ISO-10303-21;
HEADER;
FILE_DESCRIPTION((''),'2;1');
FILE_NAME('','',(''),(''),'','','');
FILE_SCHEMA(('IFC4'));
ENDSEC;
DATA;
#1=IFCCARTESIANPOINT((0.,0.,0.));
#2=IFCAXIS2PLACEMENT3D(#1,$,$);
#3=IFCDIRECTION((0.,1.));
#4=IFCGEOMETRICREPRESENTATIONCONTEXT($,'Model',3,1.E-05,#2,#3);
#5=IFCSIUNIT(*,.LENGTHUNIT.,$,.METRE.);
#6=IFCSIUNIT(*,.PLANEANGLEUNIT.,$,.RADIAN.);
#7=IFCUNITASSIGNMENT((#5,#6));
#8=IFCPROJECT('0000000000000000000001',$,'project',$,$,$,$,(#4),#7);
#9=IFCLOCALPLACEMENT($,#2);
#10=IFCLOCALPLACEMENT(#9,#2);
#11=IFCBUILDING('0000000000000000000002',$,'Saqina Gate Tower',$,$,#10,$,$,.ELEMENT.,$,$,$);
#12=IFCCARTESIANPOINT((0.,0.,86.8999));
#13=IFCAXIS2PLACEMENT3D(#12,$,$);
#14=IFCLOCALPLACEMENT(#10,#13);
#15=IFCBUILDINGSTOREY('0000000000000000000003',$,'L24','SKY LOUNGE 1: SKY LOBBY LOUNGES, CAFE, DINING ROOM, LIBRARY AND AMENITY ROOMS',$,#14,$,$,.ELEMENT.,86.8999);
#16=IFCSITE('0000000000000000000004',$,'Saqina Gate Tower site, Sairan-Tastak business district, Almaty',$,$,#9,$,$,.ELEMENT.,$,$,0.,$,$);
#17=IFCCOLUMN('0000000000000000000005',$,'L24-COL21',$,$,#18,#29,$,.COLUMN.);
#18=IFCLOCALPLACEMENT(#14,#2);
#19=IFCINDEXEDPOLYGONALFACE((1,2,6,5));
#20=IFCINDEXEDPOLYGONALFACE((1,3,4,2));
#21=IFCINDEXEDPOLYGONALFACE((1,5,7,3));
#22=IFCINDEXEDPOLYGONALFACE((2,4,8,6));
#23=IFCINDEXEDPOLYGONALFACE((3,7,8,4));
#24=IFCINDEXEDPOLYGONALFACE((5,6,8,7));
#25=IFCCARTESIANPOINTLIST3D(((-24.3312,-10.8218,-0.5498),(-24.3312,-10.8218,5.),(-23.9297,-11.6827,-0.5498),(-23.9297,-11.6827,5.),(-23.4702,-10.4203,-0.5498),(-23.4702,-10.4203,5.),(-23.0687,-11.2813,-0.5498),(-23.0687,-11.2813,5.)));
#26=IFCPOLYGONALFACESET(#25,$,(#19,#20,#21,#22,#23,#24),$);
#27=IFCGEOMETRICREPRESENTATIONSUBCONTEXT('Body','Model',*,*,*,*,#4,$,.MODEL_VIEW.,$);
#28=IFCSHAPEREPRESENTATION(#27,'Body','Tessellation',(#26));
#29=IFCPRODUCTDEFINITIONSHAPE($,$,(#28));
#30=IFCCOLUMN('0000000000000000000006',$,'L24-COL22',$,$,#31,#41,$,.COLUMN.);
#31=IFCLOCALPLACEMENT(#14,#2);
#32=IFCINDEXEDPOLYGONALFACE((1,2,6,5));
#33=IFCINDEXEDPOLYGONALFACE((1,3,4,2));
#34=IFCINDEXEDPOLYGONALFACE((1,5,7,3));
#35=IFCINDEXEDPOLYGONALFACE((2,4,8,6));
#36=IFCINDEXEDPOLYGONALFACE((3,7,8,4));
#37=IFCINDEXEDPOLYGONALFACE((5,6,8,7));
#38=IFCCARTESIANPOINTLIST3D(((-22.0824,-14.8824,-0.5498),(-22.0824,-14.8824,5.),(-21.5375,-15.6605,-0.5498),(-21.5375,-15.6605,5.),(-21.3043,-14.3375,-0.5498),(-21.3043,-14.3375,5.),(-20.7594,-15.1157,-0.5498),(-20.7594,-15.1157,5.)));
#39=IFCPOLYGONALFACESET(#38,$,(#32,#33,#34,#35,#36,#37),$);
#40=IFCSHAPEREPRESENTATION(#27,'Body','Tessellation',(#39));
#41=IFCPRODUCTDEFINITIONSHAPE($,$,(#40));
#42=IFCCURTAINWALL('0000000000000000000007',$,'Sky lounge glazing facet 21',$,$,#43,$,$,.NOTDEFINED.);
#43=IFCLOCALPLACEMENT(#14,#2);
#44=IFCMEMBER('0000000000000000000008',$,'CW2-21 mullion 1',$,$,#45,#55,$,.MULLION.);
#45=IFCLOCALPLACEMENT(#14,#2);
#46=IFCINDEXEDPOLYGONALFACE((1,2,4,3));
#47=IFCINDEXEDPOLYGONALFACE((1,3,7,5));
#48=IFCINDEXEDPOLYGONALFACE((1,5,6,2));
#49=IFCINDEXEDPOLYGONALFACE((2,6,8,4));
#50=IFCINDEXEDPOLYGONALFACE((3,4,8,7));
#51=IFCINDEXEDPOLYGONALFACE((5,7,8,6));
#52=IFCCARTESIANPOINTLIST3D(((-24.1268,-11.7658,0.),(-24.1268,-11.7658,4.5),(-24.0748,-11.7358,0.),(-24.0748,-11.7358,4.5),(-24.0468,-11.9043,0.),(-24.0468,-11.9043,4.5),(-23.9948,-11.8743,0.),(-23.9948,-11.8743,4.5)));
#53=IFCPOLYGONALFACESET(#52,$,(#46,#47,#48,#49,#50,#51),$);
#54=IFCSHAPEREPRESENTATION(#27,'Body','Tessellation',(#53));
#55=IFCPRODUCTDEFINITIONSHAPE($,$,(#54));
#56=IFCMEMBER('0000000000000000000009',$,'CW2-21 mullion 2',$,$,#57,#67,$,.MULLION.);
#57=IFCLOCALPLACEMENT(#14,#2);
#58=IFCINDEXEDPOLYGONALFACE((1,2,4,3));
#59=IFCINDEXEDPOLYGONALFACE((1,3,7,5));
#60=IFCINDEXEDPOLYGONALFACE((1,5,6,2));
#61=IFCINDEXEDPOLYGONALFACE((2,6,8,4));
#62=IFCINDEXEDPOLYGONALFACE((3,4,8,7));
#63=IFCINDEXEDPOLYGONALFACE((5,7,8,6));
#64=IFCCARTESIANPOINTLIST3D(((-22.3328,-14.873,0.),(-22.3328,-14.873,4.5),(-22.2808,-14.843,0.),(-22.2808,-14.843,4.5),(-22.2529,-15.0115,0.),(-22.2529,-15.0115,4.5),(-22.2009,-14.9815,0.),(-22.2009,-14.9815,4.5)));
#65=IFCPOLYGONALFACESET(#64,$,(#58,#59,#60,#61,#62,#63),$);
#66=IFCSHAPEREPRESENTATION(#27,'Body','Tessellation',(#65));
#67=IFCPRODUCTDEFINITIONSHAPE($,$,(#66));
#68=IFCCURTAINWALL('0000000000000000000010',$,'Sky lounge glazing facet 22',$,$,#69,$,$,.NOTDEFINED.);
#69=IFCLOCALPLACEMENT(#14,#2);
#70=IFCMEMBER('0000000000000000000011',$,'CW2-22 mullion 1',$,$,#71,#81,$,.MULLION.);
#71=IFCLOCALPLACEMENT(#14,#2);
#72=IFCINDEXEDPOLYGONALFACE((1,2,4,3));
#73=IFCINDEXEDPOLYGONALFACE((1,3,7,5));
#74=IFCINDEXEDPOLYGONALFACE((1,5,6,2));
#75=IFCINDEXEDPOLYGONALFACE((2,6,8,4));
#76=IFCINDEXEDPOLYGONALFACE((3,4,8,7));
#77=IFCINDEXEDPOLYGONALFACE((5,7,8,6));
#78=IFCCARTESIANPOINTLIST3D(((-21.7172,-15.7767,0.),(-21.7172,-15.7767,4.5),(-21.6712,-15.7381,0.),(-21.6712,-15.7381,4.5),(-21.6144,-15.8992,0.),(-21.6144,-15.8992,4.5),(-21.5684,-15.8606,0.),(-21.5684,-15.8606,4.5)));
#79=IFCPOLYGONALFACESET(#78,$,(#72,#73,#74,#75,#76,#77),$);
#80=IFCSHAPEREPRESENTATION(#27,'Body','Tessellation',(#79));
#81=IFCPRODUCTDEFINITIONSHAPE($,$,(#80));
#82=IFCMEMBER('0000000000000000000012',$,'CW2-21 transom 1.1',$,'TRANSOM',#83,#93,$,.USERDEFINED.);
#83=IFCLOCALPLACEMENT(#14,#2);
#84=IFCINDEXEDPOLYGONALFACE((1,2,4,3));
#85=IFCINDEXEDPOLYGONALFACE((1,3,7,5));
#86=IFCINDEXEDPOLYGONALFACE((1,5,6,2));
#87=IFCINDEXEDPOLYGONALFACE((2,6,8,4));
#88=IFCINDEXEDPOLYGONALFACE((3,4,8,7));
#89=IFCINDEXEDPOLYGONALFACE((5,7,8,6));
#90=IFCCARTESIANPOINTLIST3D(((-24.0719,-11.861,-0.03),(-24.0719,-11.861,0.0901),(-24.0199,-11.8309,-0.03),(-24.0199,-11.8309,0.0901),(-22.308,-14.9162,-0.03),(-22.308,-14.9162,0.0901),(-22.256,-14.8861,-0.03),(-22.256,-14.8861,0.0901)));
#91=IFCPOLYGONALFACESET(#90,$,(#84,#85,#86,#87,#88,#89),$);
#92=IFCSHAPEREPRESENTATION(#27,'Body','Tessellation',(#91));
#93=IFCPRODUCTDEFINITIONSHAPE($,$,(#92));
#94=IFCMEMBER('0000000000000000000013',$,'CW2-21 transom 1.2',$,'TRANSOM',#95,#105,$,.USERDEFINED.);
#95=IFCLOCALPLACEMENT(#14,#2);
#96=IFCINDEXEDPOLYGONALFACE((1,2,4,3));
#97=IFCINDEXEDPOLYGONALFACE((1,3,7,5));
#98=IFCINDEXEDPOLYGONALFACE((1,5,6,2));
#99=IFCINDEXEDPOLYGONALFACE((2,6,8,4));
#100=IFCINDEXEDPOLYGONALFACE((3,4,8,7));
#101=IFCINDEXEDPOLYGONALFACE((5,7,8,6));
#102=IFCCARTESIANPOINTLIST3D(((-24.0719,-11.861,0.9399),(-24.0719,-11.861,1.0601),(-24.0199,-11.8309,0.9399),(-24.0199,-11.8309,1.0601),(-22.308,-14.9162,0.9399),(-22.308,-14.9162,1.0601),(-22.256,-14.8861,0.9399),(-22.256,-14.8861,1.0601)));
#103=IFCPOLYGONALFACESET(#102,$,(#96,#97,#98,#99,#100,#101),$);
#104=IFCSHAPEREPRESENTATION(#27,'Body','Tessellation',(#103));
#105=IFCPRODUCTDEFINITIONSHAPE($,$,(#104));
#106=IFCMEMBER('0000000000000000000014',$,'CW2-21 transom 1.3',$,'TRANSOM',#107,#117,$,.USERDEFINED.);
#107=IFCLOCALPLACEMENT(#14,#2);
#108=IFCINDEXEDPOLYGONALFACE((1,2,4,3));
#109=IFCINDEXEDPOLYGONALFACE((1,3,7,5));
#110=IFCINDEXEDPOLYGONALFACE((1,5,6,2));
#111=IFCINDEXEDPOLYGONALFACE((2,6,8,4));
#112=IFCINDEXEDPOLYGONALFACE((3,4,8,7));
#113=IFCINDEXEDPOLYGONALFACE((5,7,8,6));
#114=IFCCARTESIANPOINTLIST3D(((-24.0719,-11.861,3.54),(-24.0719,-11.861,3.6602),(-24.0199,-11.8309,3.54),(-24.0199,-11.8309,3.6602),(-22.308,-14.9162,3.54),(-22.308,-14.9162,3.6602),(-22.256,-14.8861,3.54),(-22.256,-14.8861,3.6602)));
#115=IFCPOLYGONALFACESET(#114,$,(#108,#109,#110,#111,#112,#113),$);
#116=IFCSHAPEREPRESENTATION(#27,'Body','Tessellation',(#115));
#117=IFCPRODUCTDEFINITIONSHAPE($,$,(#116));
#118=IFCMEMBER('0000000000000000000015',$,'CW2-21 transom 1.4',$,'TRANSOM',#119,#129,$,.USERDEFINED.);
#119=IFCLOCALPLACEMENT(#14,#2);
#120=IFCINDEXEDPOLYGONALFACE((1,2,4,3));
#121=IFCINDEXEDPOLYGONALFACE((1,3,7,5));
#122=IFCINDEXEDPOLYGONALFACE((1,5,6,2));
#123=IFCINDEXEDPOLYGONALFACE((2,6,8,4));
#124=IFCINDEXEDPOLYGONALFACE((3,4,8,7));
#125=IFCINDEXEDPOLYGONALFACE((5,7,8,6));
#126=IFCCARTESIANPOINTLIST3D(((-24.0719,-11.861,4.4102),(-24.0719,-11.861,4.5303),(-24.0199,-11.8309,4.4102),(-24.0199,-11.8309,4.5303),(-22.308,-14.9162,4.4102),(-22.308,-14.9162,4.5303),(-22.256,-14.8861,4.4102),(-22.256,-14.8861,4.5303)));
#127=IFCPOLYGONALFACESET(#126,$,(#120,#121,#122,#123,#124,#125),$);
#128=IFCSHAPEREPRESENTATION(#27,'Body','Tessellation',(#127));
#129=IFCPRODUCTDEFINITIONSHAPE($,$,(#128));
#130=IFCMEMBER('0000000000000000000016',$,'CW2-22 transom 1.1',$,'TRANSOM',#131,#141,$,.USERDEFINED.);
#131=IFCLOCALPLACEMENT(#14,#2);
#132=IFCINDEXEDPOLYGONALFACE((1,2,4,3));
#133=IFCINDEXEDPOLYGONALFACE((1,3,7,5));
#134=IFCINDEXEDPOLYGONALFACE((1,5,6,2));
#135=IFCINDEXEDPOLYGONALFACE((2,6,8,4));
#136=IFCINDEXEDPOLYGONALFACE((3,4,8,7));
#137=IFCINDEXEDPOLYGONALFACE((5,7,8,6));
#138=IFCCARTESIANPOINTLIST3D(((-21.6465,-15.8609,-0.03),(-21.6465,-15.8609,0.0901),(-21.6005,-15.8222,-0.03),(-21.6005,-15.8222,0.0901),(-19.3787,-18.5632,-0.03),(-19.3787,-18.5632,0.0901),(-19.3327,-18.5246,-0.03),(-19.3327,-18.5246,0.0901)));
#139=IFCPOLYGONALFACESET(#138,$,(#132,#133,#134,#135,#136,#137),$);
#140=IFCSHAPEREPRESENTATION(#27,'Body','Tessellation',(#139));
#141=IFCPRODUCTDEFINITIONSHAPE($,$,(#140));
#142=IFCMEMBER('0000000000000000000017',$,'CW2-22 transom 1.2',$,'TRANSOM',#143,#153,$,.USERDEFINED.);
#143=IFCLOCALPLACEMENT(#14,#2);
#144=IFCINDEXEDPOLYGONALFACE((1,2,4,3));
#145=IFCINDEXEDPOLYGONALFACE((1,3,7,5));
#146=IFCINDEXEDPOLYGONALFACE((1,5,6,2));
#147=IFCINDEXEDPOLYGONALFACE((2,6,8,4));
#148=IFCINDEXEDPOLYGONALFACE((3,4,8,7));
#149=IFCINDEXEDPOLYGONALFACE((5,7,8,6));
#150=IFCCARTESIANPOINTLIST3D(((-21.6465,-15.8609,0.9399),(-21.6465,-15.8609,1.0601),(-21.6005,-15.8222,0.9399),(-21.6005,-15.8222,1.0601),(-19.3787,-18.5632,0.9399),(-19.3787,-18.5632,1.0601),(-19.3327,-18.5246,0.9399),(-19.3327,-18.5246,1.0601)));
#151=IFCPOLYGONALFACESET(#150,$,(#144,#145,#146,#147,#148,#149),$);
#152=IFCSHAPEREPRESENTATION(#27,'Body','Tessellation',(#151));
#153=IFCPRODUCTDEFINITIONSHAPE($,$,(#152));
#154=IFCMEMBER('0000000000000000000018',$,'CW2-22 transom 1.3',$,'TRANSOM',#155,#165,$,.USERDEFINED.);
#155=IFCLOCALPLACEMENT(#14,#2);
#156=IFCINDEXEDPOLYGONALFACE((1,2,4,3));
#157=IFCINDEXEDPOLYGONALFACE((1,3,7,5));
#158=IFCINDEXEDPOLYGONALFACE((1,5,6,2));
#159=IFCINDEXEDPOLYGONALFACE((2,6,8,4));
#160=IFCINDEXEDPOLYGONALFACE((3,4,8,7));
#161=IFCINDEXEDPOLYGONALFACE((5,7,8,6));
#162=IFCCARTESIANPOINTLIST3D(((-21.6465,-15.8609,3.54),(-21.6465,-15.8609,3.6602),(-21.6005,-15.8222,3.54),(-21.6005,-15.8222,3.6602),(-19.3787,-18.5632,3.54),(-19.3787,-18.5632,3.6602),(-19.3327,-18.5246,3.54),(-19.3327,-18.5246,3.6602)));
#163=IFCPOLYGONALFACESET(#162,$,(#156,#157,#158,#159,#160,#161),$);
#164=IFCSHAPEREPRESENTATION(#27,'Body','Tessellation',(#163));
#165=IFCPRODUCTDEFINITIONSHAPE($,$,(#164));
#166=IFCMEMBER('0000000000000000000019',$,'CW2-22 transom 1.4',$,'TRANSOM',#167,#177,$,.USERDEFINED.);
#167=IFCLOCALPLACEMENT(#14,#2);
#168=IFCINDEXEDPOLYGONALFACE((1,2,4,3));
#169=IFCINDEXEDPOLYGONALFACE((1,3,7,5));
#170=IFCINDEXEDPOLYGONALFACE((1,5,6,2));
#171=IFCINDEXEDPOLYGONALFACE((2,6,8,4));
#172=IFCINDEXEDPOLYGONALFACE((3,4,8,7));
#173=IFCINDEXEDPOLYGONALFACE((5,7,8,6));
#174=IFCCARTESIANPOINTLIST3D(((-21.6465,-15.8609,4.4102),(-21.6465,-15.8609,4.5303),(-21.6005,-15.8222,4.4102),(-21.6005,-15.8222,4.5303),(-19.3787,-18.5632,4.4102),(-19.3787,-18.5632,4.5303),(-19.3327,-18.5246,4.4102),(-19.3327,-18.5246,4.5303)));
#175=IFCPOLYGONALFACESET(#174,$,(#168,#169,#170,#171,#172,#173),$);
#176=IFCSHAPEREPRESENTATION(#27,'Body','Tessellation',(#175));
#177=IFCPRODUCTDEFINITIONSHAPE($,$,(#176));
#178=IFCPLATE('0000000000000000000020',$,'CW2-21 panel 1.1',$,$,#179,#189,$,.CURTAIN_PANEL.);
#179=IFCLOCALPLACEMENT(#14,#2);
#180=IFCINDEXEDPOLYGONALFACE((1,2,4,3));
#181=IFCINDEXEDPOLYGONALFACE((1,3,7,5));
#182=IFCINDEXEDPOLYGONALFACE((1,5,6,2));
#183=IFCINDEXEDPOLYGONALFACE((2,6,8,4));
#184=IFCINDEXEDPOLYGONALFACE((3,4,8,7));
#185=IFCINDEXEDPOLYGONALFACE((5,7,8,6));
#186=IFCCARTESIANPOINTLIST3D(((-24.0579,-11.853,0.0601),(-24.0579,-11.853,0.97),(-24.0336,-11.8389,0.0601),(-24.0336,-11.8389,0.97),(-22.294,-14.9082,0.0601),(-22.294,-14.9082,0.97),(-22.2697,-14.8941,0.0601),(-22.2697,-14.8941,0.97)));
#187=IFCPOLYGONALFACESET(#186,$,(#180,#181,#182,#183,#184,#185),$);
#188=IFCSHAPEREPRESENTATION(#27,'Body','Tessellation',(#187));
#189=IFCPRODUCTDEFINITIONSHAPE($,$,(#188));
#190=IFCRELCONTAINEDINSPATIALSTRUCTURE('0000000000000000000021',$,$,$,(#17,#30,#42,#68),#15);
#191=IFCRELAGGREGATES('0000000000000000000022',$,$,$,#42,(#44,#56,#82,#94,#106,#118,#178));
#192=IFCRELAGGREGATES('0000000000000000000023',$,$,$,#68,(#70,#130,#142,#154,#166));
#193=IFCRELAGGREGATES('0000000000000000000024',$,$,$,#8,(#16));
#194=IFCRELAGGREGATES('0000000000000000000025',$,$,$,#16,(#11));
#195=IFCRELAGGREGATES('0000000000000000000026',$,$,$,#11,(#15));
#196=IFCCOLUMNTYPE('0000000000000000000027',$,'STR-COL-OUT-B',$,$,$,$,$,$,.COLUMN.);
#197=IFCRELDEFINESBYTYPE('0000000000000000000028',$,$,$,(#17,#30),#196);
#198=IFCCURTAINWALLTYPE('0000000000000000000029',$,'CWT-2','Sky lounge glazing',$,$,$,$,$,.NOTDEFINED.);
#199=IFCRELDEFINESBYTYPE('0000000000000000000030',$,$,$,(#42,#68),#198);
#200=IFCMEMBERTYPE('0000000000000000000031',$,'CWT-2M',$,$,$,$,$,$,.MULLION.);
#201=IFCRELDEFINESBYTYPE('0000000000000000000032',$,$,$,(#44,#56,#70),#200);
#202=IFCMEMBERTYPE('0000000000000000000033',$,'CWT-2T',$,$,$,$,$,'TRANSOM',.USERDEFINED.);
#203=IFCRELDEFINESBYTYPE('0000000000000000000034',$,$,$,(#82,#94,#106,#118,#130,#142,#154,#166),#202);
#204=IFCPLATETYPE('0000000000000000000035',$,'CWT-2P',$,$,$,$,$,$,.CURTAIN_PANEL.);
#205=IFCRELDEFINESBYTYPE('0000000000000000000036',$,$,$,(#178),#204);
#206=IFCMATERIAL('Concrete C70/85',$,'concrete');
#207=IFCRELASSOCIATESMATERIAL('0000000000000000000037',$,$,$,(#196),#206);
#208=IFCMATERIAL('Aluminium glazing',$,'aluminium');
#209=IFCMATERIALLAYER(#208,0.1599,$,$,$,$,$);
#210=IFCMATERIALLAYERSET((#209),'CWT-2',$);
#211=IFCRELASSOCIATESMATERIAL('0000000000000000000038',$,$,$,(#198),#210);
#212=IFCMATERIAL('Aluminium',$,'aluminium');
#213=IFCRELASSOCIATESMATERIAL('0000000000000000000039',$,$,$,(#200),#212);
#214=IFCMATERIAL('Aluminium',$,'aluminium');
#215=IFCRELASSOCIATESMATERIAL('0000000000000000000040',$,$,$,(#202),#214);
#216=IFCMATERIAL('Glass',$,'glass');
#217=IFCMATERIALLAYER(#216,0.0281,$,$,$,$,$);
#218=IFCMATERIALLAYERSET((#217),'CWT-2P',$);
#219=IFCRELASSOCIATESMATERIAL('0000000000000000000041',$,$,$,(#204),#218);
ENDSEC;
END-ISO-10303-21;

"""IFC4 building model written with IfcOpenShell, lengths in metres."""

from ifc_helpers import new_model, si_unit, direction, frame, origin, origin_2d, place, context, subcontext, project, spatial, rectangle, extrude, material, layer, layer_set, material_profile, profile_set, type_object, element, aggregate, save


model = new_model("IFC4")

# Units and contexts
model_context = context("Model", 3, precision=1e-05, world=origin(), true_north=direction((0.0, 1.0)))
body_context = subcontext(model_context, "Body", "Model", "MODEL_VIEW")
ifc_project = project(units=[si_unit("LENGTHUNIT", "METRE"), si_unit("PLANEANGLEUNIT", "RADIAN")], contexts=[model_context])

# Site, building, storey
site_placement = place(None, origin())
site = spatial("IfcSite", under=ifc_project, at=site_placement, Name="Saqina Gate Tower site, Sairan-Tastak business district, Almaty", CompositionType="ELEMENT", RefElevation=0.0)
building_placement = place(site_placement, origin())
building = spatial("IfcBuilding", under=site, at=building_placement, Name="Saqina Gate Tower", CompositionType="ELEMENT")
storey_placement = place(building_placement, frame((0.0, 0.0, 86.8999)))
storey = spatial("IfcBuildingStorey", under=building, at=storey_placement, Name="L24", Description="SKY LOUNGE 1: SKY LOBBY LOUNGES, CAFE, DINING ROOM, LIBRARY AND AMENITY ROOMS", CompositionType="ELEMENT", Elevation=86.8999)

# Columns
ifc_material_1 = material(Name="Concrete C70/85", Category="concrete")
ifc_material_profile_1 = material_profile(ifc_material_1, rectangle(XDim=0.95, YDim=0.95, at=origin_2d()), Name="RC 950x950")
ifc_profile_set_1 = profile_set([ifc_material_profile_1], Name="Concrete C70/85")
column_type = type_object("IfcColumnType", Name="STR-COL-OUT-B", PredefinedType="COLUMN", material=ifc_profile_set_1)
for number, where, z_axis, x_axis, name in (
    (1, (-23.7, -11.0515, -0.5498), (0.0, 0.0, 1.0), (-0.906308, -0.422618, 0.0), "L24-COL21"),
    (2, (-21.4209, -14.999, -0.5498), (0.0, 0.0, 1.0), (-0.819152, -0.573576, 0.0), "L24-COL22"),
):
    element("IfcColumn", number, at=place(storey_placement, frame(where, z_axis=z_axis, x_axis=x_axis)), inside=storey, type_object=column_type, Name=name, PredefinedType="COLUMN", context=body_context, shape_type="SweptSolid", body=[
        extrude(rectangle(XDim=0.95, YDim=0.95, at=origin_2d()), origin(), (0.0, 0.0, 1.0), 5.5498),
    ])

# Curtain wall, members
ifc_material_2 = material(Name="Aluminium glazing", Category="aluminium")
ifc_layer_1 = layer(ifc_material_2, 0.1599)
ifc_layer_set_1 = layer_set([ifc_layer_1], Name="CWT-2")
curtain_wall_type = type_object("IfcCurtainWallType", Name="CWT-2", Description="Sky lounge glazing", PredefinedType="NOTDEFINED", material=ifc_layer_set_1)
curtain_wall_1_placement = place(storey_placement, origin())
curtain_wall_1 = element("IfcCurtainWall", 3, at=curtain_wall_1_placement, inside=storey, type_object=curtain_wall_type, Name="Sky lounge glazing facet 21", PredefinedType="NOTDEFINED")
ifc_material_3 = material(Name="Aluminium", Category="aluminium")
ifc_material_profile_2 = material_profile(ifc_material_3, rectangle(XDim=0.0601, YDim=0.1599, at=origin_2d()), Name="Aluminium 60x160")
ifc_profile_set_2 = profile_set([ifc_material_profile_2], Name="Aluminium")
member_type_1 = type_object("IfcMemberType", Name="CWT-2M", PredefinedType="MULLION", material=ifc_profile_set_2)
member_1_placement = place(storey_placement, frame((-24.0608, -11.8201, 0.0), z_axis=(0.0, 0.0, 1.0), x_axis=(0.866026, 0.499999, 0.0)))
member_1 = element("IfcMember", 4, at=member_1_placement, type_object=member_type_1, Name="CW2-21 mullion 1", PredefinedType="MULLION", context=body_context, shape_type="SweptSolid", body=[
    extrude(rectangle(XDim=0.0601, YDim=0.1599, at=origin_2d()), origin(), (0.0, 0.0, 1.0), 4.5),
])
member_2_placement = place(storey_placement, frame((-22.2668, -14.9272, 0.0), z_axis=(0.0, 0.0, 1.0), x_axis=(0.866026, 0.499999, 0.0)))
member_2 = element("IfcMember", 5, at=member_2_placement, type_object=member_type_1, Name="CW2-21 mullion 2", PredefinedType="MULLION", context=body_context, shape_type="SweptSolid", body=[
    extrude(rectangle(XDim=0.0601, YDim=0.1599, at=origin_2d()), origin(), (0.0, 0.0, 1.0), 4.5),
])

# Curtain wall, member
curtain_wall_2_placement = place(storey_placement, origin())
curtain_wall_2 = element("IfcCurtainWall", 6, at=curtain_wall_2_placement, inside=storey, type_object=curtain_wall_type, Name="Sky lounge glazing facet 22", PredefinedType="NOTDEFINED")
member_3_placement = place(storey_placement, frame((-21.6428, -15.8186, 0.0), z_axis=(0.0, 0.0, 1.0), x_axis=(0.766042, 0.642791, 0.0)))
member_3 = element("IfcMember", 7, at=member_3_placement, type_object=member_type_1, Name="CW2-22 mullion 1", PredefinedType="MULLION", context=body_context, shape_type="SweptSolid", body=[
    extrude(rectangle(XDim=0.0601, YDim=0.1599, at=origin_2d()), origin(), (0.0, 0.0, 1.0), 4.5),
])

# Members
ifc_material_4 = material(Name="Aluminium", Category="aluminium")
ifc_material_profile_3 = material_profile(ifc_material_4, rectangle(XDim=0.0601, YDim=0.1201, at=origin_2d()), Name="Aluminium 60x120")
ifc_profile_set_3 = profile_set([ifc_material_profile_3], Name="Aluminium")
member_type_2 = type_object("IfcMemberType", Name="CWT-2T", ElementType="TRANSOM", PredefinedType="USERDEFINED", material=ifc_profile_set_3)
member_4_placement = place(storey_placement, frame((-24.0459, -11.8459, 0.03), z_axis=(0.500002, -0.866024, 0.0), x_axis=(0.866024, 0.500002, 0.0)))
member_4 = element("IfcMember", 8, at=member_4_placement, type_object=member_type_2, Name="CW2-21 transom 1.1", ObjectType="TRANSOM", PredefinedType="USERDEFINED", context=body_context, shape_type="SweptSolid", body=[
    extrude(rectangle(XDim=0.0601, YDim=0.1201, at=origin_2d()), origin(), (0.0, 0.0, 1.0), 3.5278),
])
member_5_placement = place(storey_placement, frame((-24.0459, -11.8459, 1.0), z_axis=(0.500002, -0.866024, 0.0), x_axis=(0.866024, 0.500002, 0.0)))
member_5 = element("IfcMember", 9, at=member_5_placement, type_object=member_type_2, Name="CW2-21 transom 1.2", ObjectType="TRANSOM", PredefinedType="USERDEFINED", context=body_context, shape_type="SweptSolid", body=[
    extrude(rectangle(XDim=0.0601, YDim=0.1201, at=origin_2d()), origin(), (0.0, 0.0, 1.0), 3.5278),
])
member_6_placement = place(storey_placement, frame((-24.0459, -11.8459, 3.6001), z_axis=(0.500002, -0.866024, 0.0), x_axis=(0.866024, 0.500002, 0.0)))
member_6 = element("IfcMember", 10, at=member_6_placement, type_object=member_type_2, Name="CW2-21 transom 1.3", ObjectType="TRANSOM", PredefinedType="USERDEFINED", context=body_context, shape_type="SweptSolid", body=[
    extrude(rectangle(XDim=0.0601, YDim=0.1201, at=origin_2d()), origin(), (0.0, 0.0, 1.0), 3.5278),
])
member_7_placement = place(storey_placement, frame((-24.0459, -11.8459, 4.4702), z_axis=(0.500002, -0.866024, 0.0), x_axis=(0.866024, 0.500002, 0.0)))
member_7 = element("IfcMember", 11, at=member_7_placement, type_object=member_type_2, Name="CW2-21 transom 1.4", ObjectType="TRANSOM", PredefinedType="USERDEFINED", context=body_context, shape_type="SweptSolid", body=[
    extrude(rectangle(XDim=0.0601, YDim=0.1201, at=origin_2d()), origin(), (0.0, 0.0, 1.0), 3.5278),
])
member_8_placement = place(storey_placement, frame((-21.6235, -15.8416, 0.03), z_axis=(0.642828, -0.76601, 0.0), x_axis=(0.76601, 0.642828, 0.0)))
member_8 = element("IfcMember", 12, at=member_8_placement, type_object=member_type_2, Name="CW2-22 transom 1.1", ObjectType="TRANSOM", PredefinedType="USERDEFINED", context=body_context, shape_type="SweptSolid", body=[
    extrude(rectangle(XDim=0.0601, YDim=0.1201, at=origin_2d()), origin(), (0.0, 0.0, 1.0), 3.5278),
])
member_9_placement = place(storey_placement, frame((-21.6235, -15.8416, 1.0), z_axis=(0.642828, -0.76601, 0.0), x_axis=(0.76601, 0.642828, 0.0)))
member_9 = element("IfcMember", 13, at=member_9_placement, type_object=member_type_2, Name="CW2-22 transom 1.2", ObjectType="TRANSOM", PredefinedType="USERDEFINED", context=body_context, shape_type="SweptSolid", body=[
    extrude(rectangle(XDim=0.0601, YDim=0.1201, at=origin_2d()), origin(), (0.0, 0.0, 1.0), 3.5278),
])
member_10_placement = place(storey_placement, frame((-21.6235, -15.8416, 3.6001), z_axis=(0.642828, -0.76601, 0.0), x_axis=(0.76601, 0.642828, 0.0)))
member_10 = element("IfcMember", 14, at=member_10_placement, type_object=member_type_2, Name="CW2-22 transom 1.3", ObjectType="TRANSOM", PredefinedType="USERDEFINED", context=body_context, shape_type="SweptSolid", body=[
    extrude(rectangle(XDim=0.0601, YDim=0.1201, at=origin_2d()), origin(), (0.0, 0.0, 1.0), 3.5278),
])
member_11_placement = place(storey_placement, frame((-21.6235, -15.8416, 4.4702), z_axis=(0.642828, -0.76601, 0.0), x_axis=(0.76601, 0.642828, 0.0)))
member_11 = element("IfcMember", 15, at=member_11_placement, type_object=member_type_2, Name="CW2-22 transom 1.4", ObjectType="TRANSOM", PredefinedType="USERDEFINED", context=body_context, shape_type="SweptSolid", body=[
    extrude(rectangle(XDim=0.0601, YDim=0.1201, at=origin_2d()), origin(), (0.0, 0.0, 1.0), 3.5278),
])

# Plate
ifc_material_5 = material(Name="Glass", Category="glass")
ifc_layer_2 = layer(ifc_material_5, 0.0281)
ifc_layer_set_2 = layer_set([ifc_layer_2], Name="CWT-2P")
plate_type = type_object("IfcPlateType", Name="CWT-2P", PredefinedType="CURTAIN_PANEL", material=ifc_layer_set_2)
plate_1_placement = place(storey_placement, frame((-23.1638, -13.3735, 0.0601), z_axis=(0.0, 0.0, 1.0), x_axis=(0.499999, -0.866026, 0.0)))
plate_1 = element("IfcPlate", 16, at=plate_1_placement, type_object=plate_type, Name="CW2-21 panel 1.1", PredefinedType="CURTAIN_PANEL", context=body_context, shape_type="SweptSolid", body=[
    extrude(rectangle(XDim=3.5278, YDim=0.0281, at=origin_2d()), origin(), (0.0, 0.0, 1.0), 0.9099),
])
aggregate(curtain_wall_1, [member_1, member_2, member_4, member_5, member_6, member_7, plate_1])
aggregate(curtain_wall_2, [member_3, member_8, member_9, member_10, member_11])

save(model, "model.ifc")
